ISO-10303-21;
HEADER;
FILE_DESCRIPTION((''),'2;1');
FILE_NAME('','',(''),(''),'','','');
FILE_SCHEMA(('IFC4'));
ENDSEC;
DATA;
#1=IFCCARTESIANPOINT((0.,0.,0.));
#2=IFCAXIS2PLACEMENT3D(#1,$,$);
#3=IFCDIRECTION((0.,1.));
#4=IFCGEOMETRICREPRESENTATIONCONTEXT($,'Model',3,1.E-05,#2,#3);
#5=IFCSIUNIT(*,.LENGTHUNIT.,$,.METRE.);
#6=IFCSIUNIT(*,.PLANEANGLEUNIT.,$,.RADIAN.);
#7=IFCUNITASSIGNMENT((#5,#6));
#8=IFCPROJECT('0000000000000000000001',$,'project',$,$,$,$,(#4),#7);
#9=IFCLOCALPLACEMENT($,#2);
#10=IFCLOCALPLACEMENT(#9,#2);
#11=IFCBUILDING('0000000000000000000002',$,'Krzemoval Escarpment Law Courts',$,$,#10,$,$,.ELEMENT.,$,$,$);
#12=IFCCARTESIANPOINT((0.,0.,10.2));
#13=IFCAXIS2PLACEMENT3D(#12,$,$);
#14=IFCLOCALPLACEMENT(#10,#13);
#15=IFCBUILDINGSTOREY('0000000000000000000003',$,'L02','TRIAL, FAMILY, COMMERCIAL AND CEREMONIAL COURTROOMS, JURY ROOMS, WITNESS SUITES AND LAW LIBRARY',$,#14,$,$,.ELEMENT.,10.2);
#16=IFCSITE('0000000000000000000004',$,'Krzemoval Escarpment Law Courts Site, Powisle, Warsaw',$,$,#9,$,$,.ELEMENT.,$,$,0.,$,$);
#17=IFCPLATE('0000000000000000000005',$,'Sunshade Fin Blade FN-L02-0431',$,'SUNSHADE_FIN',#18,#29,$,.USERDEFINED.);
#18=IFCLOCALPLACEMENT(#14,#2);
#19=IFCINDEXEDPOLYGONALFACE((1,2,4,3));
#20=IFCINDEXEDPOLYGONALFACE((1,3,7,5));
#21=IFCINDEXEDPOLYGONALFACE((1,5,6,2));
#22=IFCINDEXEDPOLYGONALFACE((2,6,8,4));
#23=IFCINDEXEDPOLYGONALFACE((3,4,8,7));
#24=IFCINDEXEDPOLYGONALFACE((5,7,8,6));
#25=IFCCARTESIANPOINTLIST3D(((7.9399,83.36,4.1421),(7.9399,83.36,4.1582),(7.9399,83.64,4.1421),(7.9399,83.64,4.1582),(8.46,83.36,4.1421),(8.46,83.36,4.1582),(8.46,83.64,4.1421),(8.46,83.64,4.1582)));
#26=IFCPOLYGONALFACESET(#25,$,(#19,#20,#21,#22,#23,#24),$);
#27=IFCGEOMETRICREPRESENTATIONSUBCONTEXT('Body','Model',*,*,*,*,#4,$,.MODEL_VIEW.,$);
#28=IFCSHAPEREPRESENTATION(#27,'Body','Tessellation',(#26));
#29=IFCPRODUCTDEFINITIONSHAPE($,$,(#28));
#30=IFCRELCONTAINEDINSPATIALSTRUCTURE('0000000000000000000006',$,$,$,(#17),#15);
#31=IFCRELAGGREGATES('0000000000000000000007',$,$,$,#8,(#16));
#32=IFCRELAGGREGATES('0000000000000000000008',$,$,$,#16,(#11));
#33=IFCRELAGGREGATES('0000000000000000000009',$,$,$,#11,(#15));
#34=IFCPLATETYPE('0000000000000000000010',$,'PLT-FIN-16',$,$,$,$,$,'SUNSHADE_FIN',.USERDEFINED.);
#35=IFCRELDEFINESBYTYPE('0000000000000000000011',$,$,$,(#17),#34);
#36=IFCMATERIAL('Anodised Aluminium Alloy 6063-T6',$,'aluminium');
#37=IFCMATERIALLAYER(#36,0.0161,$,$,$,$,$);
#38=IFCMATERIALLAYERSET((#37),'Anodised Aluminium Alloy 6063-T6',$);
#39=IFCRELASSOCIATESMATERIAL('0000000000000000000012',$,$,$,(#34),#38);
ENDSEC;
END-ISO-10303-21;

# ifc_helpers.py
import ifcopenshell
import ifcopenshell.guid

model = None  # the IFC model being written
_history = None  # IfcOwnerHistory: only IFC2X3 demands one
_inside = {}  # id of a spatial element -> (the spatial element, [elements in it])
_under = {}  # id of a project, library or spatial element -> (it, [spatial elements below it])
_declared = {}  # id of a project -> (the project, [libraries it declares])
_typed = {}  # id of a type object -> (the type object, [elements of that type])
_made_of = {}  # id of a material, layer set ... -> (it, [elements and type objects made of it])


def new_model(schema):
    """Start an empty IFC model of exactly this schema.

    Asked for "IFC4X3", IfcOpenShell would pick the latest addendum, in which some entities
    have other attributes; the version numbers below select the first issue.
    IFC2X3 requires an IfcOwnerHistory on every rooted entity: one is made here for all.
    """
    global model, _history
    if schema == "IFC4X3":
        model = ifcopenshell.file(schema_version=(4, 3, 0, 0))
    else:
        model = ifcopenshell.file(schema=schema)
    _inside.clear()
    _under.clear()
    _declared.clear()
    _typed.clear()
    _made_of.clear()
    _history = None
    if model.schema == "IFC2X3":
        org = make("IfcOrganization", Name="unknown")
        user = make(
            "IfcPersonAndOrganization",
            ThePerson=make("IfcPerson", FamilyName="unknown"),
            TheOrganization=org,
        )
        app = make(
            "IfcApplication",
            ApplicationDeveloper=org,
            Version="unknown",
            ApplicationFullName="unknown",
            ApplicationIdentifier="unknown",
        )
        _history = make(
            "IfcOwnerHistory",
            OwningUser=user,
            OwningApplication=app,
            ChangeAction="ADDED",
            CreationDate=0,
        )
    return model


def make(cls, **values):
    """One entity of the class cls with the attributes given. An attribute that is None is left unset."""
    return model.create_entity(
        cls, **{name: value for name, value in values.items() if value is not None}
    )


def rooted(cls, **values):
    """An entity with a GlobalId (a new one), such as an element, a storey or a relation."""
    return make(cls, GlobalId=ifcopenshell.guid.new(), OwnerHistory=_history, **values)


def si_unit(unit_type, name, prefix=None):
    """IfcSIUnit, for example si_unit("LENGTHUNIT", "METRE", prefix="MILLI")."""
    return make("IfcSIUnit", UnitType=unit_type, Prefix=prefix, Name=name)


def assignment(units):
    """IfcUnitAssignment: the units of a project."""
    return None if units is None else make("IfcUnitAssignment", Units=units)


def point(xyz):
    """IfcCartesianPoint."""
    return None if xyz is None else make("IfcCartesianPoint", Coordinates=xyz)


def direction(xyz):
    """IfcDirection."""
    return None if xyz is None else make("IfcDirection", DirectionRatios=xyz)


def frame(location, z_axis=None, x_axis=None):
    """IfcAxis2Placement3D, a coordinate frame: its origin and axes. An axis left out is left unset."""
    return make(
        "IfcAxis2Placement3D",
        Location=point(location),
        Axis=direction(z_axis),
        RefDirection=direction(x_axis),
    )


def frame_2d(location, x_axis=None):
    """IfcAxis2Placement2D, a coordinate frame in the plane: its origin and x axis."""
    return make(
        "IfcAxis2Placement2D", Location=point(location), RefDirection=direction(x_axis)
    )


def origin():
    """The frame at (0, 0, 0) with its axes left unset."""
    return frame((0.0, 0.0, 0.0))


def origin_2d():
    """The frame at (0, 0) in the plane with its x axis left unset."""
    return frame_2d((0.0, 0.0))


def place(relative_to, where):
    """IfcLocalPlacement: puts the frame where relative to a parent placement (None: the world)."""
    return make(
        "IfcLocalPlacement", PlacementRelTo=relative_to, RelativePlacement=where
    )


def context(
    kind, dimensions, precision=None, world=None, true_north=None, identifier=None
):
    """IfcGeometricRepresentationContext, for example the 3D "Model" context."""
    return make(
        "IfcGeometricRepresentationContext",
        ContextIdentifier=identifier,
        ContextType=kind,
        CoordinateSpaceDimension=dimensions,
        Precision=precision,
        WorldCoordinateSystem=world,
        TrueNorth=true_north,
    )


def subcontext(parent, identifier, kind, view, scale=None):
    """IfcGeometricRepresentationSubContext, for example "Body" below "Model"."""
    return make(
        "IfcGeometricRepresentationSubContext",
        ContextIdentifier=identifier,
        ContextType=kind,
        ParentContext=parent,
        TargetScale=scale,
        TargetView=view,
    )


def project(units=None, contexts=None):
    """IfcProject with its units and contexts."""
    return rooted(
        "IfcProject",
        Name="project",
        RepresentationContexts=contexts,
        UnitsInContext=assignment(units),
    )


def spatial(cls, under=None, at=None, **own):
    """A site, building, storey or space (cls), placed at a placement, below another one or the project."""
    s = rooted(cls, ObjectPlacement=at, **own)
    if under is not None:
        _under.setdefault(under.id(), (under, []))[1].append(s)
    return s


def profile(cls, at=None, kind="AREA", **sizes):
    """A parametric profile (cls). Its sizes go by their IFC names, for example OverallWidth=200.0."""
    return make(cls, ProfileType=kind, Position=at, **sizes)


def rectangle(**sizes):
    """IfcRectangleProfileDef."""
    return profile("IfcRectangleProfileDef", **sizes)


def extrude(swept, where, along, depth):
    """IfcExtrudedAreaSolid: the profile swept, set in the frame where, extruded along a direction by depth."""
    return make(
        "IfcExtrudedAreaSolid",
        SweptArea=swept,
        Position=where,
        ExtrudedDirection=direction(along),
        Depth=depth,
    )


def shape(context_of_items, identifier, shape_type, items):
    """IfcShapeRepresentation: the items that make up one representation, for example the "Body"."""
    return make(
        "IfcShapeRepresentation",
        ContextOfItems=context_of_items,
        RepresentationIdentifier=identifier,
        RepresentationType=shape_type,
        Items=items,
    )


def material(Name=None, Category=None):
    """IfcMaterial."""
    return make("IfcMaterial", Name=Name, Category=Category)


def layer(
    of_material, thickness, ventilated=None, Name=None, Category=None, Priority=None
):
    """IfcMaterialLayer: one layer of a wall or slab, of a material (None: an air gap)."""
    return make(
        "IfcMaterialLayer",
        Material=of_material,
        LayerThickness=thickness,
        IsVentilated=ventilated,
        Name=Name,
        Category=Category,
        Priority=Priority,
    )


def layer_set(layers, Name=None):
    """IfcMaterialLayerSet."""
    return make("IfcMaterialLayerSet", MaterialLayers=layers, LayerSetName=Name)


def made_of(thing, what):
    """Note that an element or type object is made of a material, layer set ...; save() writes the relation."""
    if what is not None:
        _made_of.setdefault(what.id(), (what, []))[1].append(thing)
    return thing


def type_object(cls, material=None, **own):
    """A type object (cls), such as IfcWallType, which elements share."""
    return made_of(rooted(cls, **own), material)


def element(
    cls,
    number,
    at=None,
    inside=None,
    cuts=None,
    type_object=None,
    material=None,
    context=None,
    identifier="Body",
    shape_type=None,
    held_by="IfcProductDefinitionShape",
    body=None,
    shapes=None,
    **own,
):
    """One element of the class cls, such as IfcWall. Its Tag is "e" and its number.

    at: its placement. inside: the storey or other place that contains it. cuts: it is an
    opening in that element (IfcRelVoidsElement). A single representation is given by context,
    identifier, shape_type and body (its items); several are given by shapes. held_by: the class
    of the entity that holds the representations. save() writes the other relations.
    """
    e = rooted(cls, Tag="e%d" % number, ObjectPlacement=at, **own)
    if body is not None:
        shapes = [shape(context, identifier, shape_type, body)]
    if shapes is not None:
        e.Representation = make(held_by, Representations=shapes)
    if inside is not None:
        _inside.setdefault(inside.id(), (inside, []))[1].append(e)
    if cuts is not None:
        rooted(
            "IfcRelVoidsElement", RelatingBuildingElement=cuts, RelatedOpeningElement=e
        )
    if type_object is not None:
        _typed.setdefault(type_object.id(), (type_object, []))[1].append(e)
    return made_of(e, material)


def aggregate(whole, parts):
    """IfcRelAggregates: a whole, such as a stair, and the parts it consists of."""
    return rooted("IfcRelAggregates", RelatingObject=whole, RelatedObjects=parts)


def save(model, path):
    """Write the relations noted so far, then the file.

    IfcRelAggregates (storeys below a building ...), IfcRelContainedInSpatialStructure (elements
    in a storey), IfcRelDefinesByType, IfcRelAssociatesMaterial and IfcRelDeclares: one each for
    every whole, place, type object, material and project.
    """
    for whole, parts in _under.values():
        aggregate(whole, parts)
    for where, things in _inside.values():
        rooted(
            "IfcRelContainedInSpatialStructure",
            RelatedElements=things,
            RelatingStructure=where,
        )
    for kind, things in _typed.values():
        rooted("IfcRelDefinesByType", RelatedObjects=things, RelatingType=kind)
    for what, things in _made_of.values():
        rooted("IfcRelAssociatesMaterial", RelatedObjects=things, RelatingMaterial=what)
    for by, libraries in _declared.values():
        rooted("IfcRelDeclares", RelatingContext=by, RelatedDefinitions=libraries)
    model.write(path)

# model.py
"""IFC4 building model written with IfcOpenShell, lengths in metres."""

from ifc_helpers import new_model, si_unit, direction, frame, origin, origin_2d, place, context, subcontext, project, spatial, rectangle, extrude, material, layer, layer_set, type_object, element, save


model = new_model("IFC4")

# Units and contexts
model_context = context("Model", 3, precision=1e-05, world=origin(), true_north=direction((0.0, 1.0)))
body_context = subcontext(model_context, "Body", "Model", "MODEL_VIEW")
ifc_project = project(units=[si_unit("LENGTHUNIT", "METRE"), si_unit("PLANEANGLEUNIT", "RADIAN")], contexts=[model_context])

# Site, building, storey
site_placement = place(None, origin())
site = spatial("IfcSite", under=ifc_project, at=site_placement, Name="Krzemoval Escarpment Law Courts Site, Powisle, Warsaw", CompositionType="ELEMENT", RefElevation=0.0)
building_placement = place(site_placement, origin())
building = spatial("IfcBuilding", under=site, at=building_placement, Name="Krzemoval Escarpment Law Courts", CompositionType="ELEMENT")
storey_placement = place(building_placement, frame((0.0, 0.0, 10.2)))
storey = spatial("IfcBuildingStorey", under=building, at=storey_placement, Name="L02", Description="TRIAL, FAMILY, COMMERCIAL AND CEREMONIAL COURTROOMS, JURY ROOMS, WITNESS SUITES AND LAW LIBRARY", CompositionType="ELEMENT", Elevation=10.2)

# Plate
ifc_material_1 = material(Name="Anodised Aluminium Alloy 6063-T6", Category="aluminium")
ifc_layer_1 = layer(ifc_material_1, 0.0161)
ifc_layer_set_1 = layer_set([ifc_layer_1], Name="Anodised Aluminium Alloy 6063-T6")
plate_type_1 = type_object("IfcPlateType", Name="PLT-FIN-16", ElementType="SUNSHADE_FIN", PredefinedType="USERDEFINED", material=ifc_layer_set_1)
for number, where, z_axis, x_axis, name in (
    (1, (8.2, 83.5, 4.1421), (0.0, 0.0, 1.0), (-1.0, 0.0, 0.0), "Sunshade Fin Blade FN-L02-0431"),
):
    element("IfcPlate", number, at=place(storey_placement, frame(where, z_axis=z_axis, x_axis=x_axis)), inside=storey, type_object=plate_type_1, Name=name, ObjectType="SUNSHADE_FIN", PredefinedType="USERDEFINED", context=body_context, shape_type="SweptSolid", body=[
        extrude(rectangle(XDim=0.52, YDim=0.28, at=origin_2d()), origin(), (0.0, 0.0, 1.0), 0.0161),
    ])

save(model, "model.ifc")
